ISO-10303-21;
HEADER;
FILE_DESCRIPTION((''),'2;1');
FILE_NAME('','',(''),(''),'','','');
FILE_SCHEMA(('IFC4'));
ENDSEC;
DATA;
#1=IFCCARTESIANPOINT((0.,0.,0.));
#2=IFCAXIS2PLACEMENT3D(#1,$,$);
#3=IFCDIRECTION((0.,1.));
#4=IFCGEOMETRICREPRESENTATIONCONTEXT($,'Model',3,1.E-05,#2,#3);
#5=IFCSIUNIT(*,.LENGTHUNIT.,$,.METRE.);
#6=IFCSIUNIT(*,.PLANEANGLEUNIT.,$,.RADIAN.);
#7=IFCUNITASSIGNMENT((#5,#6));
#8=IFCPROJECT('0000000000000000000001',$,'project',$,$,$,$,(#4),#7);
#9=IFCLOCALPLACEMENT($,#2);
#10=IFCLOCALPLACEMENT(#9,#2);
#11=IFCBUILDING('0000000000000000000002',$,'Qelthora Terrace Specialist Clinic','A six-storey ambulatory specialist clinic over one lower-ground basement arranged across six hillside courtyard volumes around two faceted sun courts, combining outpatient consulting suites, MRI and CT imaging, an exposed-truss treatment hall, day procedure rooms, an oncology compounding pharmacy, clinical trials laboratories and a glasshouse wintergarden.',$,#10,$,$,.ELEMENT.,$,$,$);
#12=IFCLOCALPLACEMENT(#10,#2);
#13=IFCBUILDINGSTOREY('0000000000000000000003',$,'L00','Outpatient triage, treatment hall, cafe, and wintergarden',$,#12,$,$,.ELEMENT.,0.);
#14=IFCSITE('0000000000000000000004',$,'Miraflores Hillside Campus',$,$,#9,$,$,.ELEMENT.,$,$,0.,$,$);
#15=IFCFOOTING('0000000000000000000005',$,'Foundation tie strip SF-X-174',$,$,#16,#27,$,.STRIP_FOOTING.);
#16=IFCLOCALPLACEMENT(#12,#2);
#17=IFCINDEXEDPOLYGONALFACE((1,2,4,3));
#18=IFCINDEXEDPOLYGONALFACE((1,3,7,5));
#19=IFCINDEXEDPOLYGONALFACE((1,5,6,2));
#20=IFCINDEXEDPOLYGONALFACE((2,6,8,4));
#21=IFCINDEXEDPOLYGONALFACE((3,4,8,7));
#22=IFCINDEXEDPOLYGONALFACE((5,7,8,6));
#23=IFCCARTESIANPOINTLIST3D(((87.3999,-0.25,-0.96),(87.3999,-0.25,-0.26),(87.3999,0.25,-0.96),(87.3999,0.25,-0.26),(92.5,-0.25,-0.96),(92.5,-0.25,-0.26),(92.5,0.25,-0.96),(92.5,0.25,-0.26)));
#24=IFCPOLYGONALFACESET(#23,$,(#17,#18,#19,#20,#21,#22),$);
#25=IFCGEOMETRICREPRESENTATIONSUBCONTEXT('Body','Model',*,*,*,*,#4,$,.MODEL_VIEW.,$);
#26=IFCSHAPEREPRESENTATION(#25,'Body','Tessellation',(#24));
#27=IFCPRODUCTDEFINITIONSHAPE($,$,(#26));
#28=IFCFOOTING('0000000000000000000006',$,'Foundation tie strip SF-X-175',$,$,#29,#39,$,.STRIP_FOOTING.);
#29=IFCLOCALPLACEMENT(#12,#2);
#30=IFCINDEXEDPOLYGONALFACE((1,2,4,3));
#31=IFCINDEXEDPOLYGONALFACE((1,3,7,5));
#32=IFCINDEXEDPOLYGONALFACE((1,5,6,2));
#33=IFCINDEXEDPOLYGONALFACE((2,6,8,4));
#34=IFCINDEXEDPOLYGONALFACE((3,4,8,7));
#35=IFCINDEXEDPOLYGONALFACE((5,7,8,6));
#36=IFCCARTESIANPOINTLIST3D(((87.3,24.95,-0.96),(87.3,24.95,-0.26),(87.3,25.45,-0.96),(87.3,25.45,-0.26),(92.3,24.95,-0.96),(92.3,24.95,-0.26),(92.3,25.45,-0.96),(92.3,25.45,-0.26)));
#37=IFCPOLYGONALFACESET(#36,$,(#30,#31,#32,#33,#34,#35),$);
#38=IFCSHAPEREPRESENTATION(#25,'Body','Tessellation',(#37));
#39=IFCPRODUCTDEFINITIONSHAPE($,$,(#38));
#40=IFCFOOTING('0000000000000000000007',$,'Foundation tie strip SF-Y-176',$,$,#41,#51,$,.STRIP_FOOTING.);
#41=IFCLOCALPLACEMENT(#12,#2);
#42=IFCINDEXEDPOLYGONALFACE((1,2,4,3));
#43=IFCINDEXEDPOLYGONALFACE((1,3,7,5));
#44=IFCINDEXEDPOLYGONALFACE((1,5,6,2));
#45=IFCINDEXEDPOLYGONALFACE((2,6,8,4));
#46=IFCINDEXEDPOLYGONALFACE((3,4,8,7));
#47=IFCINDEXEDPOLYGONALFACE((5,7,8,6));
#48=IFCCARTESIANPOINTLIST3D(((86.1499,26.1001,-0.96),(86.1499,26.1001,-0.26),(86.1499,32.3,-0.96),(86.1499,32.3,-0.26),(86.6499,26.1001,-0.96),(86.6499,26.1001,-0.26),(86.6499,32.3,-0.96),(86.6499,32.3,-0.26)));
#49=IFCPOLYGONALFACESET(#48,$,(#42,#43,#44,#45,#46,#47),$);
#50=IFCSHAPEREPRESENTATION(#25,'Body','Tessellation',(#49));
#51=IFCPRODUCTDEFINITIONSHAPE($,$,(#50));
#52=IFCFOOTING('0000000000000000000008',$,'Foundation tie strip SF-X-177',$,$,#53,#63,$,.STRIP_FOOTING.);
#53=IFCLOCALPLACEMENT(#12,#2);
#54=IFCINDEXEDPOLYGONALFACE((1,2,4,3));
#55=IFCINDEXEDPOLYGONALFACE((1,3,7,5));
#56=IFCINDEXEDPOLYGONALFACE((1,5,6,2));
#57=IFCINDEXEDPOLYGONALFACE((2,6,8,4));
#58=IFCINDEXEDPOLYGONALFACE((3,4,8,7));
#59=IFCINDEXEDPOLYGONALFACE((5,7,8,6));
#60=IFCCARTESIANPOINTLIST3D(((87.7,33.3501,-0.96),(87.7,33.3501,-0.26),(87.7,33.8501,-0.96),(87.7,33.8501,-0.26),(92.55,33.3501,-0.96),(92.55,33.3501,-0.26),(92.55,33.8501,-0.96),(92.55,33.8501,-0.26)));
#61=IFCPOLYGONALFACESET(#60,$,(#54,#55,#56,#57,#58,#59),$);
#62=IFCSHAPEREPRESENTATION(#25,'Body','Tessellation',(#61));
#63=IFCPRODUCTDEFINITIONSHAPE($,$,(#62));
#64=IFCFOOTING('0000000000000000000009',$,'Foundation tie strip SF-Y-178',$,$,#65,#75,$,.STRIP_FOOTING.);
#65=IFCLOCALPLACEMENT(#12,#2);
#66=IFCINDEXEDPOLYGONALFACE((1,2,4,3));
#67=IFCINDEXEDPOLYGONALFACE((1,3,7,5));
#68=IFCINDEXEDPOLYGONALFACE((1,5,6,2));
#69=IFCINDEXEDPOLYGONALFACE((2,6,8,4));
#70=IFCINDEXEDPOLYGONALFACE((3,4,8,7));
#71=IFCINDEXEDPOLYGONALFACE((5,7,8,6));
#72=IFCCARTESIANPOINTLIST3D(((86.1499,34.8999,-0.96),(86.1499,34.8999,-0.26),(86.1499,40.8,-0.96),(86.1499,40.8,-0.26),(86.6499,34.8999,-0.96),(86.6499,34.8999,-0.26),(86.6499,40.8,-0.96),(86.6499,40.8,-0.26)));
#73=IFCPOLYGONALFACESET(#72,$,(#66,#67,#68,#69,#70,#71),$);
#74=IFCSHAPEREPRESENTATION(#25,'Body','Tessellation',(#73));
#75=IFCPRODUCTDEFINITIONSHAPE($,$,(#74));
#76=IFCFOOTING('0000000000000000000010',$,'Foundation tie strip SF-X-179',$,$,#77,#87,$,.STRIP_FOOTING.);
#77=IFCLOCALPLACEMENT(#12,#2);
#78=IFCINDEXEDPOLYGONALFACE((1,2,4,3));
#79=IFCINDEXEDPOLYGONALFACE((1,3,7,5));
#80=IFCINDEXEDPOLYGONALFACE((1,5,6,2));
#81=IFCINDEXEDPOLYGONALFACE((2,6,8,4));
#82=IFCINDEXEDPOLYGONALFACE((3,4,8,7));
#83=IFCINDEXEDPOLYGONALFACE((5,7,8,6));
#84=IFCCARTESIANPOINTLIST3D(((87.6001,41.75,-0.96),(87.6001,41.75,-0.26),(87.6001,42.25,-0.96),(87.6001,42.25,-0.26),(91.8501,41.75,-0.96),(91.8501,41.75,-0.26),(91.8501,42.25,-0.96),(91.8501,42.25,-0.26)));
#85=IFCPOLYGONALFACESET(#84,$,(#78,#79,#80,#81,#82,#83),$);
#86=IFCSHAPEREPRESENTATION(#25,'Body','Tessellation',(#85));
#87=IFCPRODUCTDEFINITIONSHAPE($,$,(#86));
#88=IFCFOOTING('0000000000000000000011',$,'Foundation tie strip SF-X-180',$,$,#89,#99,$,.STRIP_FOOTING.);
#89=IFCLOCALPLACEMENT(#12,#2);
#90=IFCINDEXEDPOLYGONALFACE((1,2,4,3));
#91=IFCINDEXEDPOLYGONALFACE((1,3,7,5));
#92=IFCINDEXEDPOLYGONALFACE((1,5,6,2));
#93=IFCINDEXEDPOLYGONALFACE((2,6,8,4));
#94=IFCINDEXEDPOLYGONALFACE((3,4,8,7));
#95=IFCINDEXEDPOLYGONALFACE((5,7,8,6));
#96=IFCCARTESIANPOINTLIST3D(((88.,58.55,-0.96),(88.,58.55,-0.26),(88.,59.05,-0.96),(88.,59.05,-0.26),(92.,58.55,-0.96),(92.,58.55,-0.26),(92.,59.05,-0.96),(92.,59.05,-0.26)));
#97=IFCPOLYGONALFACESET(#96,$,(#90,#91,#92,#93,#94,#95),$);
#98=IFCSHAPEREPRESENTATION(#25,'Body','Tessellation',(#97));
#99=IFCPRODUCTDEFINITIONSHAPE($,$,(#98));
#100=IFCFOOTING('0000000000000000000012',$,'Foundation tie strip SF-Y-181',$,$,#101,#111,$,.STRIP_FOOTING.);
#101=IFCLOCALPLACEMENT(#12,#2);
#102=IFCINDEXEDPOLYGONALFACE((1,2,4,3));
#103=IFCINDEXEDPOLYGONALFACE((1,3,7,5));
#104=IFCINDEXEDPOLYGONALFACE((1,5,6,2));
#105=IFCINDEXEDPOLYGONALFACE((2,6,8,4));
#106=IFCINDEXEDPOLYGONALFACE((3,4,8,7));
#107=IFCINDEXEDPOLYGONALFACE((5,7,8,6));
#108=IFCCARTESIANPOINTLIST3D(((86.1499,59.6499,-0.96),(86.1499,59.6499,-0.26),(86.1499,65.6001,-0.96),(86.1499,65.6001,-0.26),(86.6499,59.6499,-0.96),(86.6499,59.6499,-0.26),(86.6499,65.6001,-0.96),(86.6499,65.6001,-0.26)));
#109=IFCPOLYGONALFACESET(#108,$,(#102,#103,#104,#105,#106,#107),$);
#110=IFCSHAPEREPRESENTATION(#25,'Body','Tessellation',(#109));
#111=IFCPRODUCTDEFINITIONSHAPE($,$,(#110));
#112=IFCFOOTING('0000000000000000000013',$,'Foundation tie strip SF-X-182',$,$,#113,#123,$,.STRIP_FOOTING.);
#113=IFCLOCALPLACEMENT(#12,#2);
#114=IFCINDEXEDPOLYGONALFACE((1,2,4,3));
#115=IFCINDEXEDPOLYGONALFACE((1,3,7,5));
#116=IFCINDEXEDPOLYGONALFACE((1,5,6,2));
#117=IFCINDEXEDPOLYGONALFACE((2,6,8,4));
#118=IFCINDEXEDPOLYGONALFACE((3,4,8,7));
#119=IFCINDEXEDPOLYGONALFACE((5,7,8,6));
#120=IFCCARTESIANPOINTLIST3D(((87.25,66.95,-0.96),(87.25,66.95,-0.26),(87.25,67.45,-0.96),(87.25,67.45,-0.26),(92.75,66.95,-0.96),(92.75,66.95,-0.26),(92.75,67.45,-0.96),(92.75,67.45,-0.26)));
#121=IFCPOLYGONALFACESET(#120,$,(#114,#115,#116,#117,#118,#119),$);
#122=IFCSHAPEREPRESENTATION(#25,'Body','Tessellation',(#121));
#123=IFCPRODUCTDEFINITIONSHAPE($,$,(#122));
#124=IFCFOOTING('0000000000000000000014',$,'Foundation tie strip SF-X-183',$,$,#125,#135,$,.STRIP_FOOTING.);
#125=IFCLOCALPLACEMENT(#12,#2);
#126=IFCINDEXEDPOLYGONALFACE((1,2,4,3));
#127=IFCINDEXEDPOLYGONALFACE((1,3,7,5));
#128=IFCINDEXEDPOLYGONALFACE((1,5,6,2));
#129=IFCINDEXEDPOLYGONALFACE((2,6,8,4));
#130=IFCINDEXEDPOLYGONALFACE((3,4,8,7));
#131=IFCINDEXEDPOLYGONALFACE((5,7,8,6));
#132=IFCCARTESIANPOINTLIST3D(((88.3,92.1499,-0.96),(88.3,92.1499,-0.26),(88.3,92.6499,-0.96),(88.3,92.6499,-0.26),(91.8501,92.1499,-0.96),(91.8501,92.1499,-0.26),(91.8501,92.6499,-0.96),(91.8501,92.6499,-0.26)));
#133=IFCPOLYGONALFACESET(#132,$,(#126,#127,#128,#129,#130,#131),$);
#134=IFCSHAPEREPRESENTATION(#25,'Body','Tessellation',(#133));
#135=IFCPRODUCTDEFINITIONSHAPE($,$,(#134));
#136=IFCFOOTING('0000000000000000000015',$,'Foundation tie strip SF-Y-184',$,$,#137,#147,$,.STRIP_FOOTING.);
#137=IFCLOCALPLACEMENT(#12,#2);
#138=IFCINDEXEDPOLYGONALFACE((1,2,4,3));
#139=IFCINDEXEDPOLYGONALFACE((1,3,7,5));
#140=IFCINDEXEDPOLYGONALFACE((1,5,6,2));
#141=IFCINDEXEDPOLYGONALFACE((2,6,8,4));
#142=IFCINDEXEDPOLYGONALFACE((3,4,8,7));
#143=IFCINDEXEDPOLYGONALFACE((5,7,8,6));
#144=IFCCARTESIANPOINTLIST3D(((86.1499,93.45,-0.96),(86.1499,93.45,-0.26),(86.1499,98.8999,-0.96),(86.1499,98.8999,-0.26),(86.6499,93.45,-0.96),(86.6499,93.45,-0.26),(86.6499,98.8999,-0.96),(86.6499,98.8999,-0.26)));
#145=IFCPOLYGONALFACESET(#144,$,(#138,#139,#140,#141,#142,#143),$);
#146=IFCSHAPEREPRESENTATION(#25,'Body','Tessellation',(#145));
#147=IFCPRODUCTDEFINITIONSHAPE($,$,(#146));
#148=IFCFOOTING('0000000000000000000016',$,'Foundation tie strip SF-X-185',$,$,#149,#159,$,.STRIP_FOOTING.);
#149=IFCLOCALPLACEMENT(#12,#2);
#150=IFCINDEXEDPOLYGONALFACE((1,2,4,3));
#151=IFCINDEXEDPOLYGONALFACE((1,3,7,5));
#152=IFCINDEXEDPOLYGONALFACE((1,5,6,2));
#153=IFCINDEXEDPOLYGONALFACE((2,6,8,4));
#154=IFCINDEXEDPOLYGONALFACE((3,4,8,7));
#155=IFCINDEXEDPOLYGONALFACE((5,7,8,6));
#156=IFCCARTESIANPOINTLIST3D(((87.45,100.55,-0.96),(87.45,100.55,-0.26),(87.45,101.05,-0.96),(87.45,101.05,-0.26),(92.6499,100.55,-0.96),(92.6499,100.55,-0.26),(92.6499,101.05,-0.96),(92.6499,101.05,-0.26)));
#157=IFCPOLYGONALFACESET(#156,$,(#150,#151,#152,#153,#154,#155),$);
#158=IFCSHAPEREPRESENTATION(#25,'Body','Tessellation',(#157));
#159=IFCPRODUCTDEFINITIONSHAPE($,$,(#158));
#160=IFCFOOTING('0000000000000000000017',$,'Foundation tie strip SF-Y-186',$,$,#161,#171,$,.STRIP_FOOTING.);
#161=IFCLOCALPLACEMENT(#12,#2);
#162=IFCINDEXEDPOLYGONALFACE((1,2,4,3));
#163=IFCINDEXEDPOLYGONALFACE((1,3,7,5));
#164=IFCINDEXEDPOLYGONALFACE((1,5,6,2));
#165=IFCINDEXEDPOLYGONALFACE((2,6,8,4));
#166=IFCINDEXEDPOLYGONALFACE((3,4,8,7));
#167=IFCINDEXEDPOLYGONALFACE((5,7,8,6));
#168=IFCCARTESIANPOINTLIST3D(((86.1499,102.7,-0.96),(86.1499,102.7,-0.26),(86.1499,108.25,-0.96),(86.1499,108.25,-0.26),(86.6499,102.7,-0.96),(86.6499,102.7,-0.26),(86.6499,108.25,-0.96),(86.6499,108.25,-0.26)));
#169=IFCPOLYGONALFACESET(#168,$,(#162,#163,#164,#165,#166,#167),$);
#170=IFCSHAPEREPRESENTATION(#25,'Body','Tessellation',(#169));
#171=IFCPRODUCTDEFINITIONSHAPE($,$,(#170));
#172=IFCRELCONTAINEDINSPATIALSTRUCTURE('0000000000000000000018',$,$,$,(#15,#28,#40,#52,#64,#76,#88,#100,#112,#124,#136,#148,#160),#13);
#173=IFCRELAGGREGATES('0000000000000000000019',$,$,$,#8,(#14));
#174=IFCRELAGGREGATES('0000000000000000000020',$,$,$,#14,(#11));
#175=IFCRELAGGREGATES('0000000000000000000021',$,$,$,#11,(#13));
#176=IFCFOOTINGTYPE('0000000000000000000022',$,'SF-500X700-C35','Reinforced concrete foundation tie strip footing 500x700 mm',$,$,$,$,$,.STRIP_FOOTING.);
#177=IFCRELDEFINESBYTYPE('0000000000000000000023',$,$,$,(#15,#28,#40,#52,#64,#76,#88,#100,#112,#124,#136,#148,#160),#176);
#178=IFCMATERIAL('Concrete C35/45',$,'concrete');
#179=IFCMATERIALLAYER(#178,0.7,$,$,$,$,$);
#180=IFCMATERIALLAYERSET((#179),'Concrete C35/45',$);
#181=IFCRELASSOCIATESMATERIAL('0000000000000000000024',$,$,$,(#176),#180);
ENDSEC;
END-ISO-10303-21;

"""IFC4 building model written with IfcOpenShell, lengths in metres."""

from ifc_helpers import new_model, si_unit, direction, frame, origin, place, context, subcontext, project, spatial, polyline, outline, extrude, material, layer, layer_set, type_object, element, save


model = new_model("IFC4")

# Units and contexts
model_context = context("Model", 3, precision=1e-05, world=origin(), true_north=direction((0.0, 1.0)))
body_context = subcontext(model_context, "Body", "Model", "MODEL_VIEW")
ifc_project = project(units=[si_unit("LENGTHUNIT", "METRE"), si_unit("PLANEANGLEUNIT", "RADIAN")], contexts=[model_context])

# Site, building, storey
site_placement = place(None, origin())
site = spatial("IfcSite", under=ifc_project, at=site_placement, Name="Miraflores Hillside Campus", CompositionType="ELEMENT", RefElevation=0.0)
building_placement = place(site_placement, origin())
building = spatial("IfcBuilding", under=site, at=building_placement, Name="Qelthora Terrace Specialist Clinic", Description="A six-storey ambulatory specialist clinic over one lower-ground basement arranged across six hillside courtyard volumes around two faceted sun courts, combining outpatient consulting suites, MRI and CT imaging, an exposed-truss treatment hall, day procedure rooms, an oncology compounding pharmacy, clinical trials laboratories and a glasshouse wintergarden.", CompositionType="ELEMENT")
storey_placement = place(building_placement, origin())
storey = spatial("IfcBuildingStorey", under=building, at=storey_placement, Name="L00", Description="Outpatient triage, treatment hall, cafe, and wintergarden", CompositionType="ELEMENT", Elevation=0.0)

# Footings
ifc_material = material(Name="Concrete C35/45", Category="concrete")
ifc_layer = layer(ifc_material, 0.7)
ifc_layer_set = layer_set([ifc_layer], Name="Concrete C35/45")
footing_type = type_object("IfcFootingType", Name="SF-500X700-C35", Description="Reinforced concrete foundation tie strip footing 500x700 mm", PredefinedType="STRIP_FOOTING", material=ifc_layer_set)
footing_1_placement = place(storey_placement, frame((0.0, 0.0, -0.96)))
element("IfcFooting", 1, at=footing_1_placement, inside=storey, type_object=footing_type, Name="Foundation tie strip SF-X-174", PredefinedType="STRIP_FOOTING", context=body_context, shape_type="SweptSolid", body=[
    extrude(outline(polyline([(87.3999, -0.25), (92.5, -0.25), (92.5, 0.25), (87.3999, 0.25), (87.3999, -0.25)])), origin(), (0.0, 0.0, 1.0), 0.7),
])
footing_2_placement = place(storey_placement, frame((0.0, 0.0, -0.96)))
element("IfcFooting", 2, at=footing_2_placement, inside=storey, type_object=footing_type, Name="Foundation tie strip SF-X-175", PredefinedType="STRIP_FOOTING", context=body_context, shape_type="SweptSolid", body=[
    extrude(outline(polyline([(87.3, 24.95), (92.3, 24.95), (92.3, 25.45), (87.3, 25.45), (87.3, 24.95)])), origin(), (0.0, 0.0, 1.0), 0.7),
])
footing_3_placement = place(storey_placement, frame((0.0, 0.0, -0.96)))
element("IfcFooting", 3, at=footing_3_placement, inside=storey, type_object=footing_type, Name="Foundation tie strip SF-Y-176", PredefinedType="STRIP_FOOTING", context=body_context, shape_type="SweptSolid", body=[
    extrude(outline(polyline([(86.1499, 26.1001), (86.6499, 26.1001), (86.6499, 32.3), (86.1499, 32.3), (86.1499, 26.1001)])), origin(), (0.0, 0.0, 1.0), 0.7),
])
footing_4_placement = place(storey_placement, frame((0.0, 0.0, -0.96)))
element("IfcFooting", 4, at=footing_4_placement, inside=storey, type_object=footing_type, Name="Foundation tie strip SF-X-177", PredefinedType="STRIP_FOOTING", context=body_context, shape_type="SweptSolid", body=[
    extrude(outline(polyline([(87.7, 33.3501), (92.55, 33.3501), (92.55, 33.8501), (87.7, 33.8501), (87.7, 33.3501)])), origin(), (0.0, 0.0, 1.0), 0.7),
])
footing_5_placement = place(storey_placement, frame((0.0, 0.0, -0.96)))
element("IfcFooting", 5, at=footing_5_placement, inside=storey, type_object=footing_type, Name="Foundation tie strip SF-Y-178", PredefinedType="STRIP_FOOTING", context=body_context, shape_type="SweptSolid", body=[
    extrude(outline(polyline([(86.1499, 34.8999), (86.6499, 34.8999), (86.6499, 40.8), (86.1499, 40.8), (86.1499, 34.8999)])), origin(), (0.0, 0.0, 1.0), 0.7),
])
footing_6_placement = place(storey_placement, frame((0.0, 0.0, -0.96)))
element("IfcFooting", 6, at=footing_6_placement, inside=storey, type_object=footing_type, Name="Foundation tie strip SF-X-179", PredefinedType="STRIP_FOOTING", context=body_context, shape_type="SweptSolid", body=[
    extrude(outline(polyline([(87.6001, 41.75), (91.8501, 41.75), (91.8501, 42.25), (87.6001, 42.25), (87.6001, 41.75)])), origin(), (0.0, 0.0, 1.0), 0.7),
])
footing_7_placement = place(storey_placement, frame((0.0, 0.0, -0.96)))
element("IfcFooting", 7, at=footing_7_placement, inside=storey, type_object=footing_type, Name="Foundation tie strip SF-X-180", PredefinedType="STRIP_FOOTING", context=body_context, shape_type="SweptSolid", body=[
    extrude(outline(polyline([(88.0, 58.55), (92.0, 58.55), (92.0, 59.05), (88.0, 59.05), (88.0, 58.55)])), origin(), (0.0, 0.0, 1.0), 0.7),
])
footing_8_placement = place(storey_placement, frame((0.0, 0.0, -0.96)))
element("IfcFooting", 8, at=footing_8_placement, inside=storey, type_object=footing_type, Name="Foundation tie strip SF-Y-181", PredefinedType="STRIP_FOOTING", context=body_context, shape_type="SweptSolid", body=[
    extrude(outline(polyline([(86.1499, 59.6499), (86.6499, 59.6499), (86.6499, 65.6001), (86.1499, 65.6001), (86.1499, 59.6499)])), origin(), (0.0, 0.0, 1.0), 0.7),
])
footing_9_placement = place(storey_placement, frame((0.0, 0.0, -0.96)))
element("IfcFooting", 9, at=footing_9_placement, inside=storey, type_object=footing_type, Name="Foundation tie strip SF-X-182", PredefinedType="STRIP_FOOTING", context=body_context, shape_type="SweptSolid", body=[
    extrude(outline(polyline([(87.25, 66.95), (92.75, 66.95), (92.75, 67.45), (87.25, 67.45), (87.25, 66.95)])), origin(), (0.0, 0.0, 1.0), 0.7),
])
footing_10_placement = place(storey_placement, frame((0.0, 0.0, -0.96)))
element("IfcFooting", 10, at=footing_10_placement, inside=storey, type_object=footing_type, Name="Foundation tie strip SF-X-183", PredefinedType="STRIP_FOOTING", context=body_context, shape_type="SweptSolid", body=[
    extrude(outline(polyline([(88.3, 92.1499), (91.8501, 92.1499), (91.8501, 92.6499), (88.3, 92.6499), (88.3, 92.1499)])), origin(), (0.0, 0.0, 1.0), 0.7),
])
footing_11_placement = place(storey_placement, frame((0.0, 0.0, -0.96)))
element("IfcFooting", 11, at=footing_11_placement, inside=storey, type_object=footing_type, Name="Foundation tie strip SF-Y-184", PredefinedType="STRIP_FOOTING", context=body_context, shape_type="SweptSolid", body=[
    extrude(outline(polyline([(86.1499, 93.45), (86.6499, 93.45), (86.6499, 98.8999), (86.1499, 98.8999), (86.1499, 93.45)])), origin(), (0.0, 0.0, 1.0), 0.7),
])
footing_12_placement = place(storey_placement, frame((0.0, 0.0, -0.96)))
element("IfcFooting", 12, at=footing_12_placement, inside=storey, type_object=footing_type, Name="Foundation tie strip SF-X-185", PredefinedType="STRIP_FOOTING", context=body_context, shape_type="SweptSolid", body=[
    extrude(outline(polyline([(87.45, 100.55), (92.6499, 100.55), (92.6499, 101.05), (87.45, 101.05), (87.45, 100.55)])), origin(), (0.0, 0.0, 1.0), 0.7),
])
footing_13_placement = place(storey_placement, frame((0.0, 0.0, -0.96)))
element("IfcFooting", 13, at=footing_13_placement, inside=storey, type_object=footing_type, Name="Foundation tie strip SF-Y-186", PredefinedType="STRIP_FOOTING", context=body_context, shape_type="SweptSolid", body=[
    extrude(outline(polyline([(86.1499, 102.7), (86.6499, 102.7), (86.6499, 108.25), (86.1499, 108.25), (86.1499, 102.7)])), origin(), (0.0, 0.0, 1.0), 0.7),
])

save(model, "model.ifc")
